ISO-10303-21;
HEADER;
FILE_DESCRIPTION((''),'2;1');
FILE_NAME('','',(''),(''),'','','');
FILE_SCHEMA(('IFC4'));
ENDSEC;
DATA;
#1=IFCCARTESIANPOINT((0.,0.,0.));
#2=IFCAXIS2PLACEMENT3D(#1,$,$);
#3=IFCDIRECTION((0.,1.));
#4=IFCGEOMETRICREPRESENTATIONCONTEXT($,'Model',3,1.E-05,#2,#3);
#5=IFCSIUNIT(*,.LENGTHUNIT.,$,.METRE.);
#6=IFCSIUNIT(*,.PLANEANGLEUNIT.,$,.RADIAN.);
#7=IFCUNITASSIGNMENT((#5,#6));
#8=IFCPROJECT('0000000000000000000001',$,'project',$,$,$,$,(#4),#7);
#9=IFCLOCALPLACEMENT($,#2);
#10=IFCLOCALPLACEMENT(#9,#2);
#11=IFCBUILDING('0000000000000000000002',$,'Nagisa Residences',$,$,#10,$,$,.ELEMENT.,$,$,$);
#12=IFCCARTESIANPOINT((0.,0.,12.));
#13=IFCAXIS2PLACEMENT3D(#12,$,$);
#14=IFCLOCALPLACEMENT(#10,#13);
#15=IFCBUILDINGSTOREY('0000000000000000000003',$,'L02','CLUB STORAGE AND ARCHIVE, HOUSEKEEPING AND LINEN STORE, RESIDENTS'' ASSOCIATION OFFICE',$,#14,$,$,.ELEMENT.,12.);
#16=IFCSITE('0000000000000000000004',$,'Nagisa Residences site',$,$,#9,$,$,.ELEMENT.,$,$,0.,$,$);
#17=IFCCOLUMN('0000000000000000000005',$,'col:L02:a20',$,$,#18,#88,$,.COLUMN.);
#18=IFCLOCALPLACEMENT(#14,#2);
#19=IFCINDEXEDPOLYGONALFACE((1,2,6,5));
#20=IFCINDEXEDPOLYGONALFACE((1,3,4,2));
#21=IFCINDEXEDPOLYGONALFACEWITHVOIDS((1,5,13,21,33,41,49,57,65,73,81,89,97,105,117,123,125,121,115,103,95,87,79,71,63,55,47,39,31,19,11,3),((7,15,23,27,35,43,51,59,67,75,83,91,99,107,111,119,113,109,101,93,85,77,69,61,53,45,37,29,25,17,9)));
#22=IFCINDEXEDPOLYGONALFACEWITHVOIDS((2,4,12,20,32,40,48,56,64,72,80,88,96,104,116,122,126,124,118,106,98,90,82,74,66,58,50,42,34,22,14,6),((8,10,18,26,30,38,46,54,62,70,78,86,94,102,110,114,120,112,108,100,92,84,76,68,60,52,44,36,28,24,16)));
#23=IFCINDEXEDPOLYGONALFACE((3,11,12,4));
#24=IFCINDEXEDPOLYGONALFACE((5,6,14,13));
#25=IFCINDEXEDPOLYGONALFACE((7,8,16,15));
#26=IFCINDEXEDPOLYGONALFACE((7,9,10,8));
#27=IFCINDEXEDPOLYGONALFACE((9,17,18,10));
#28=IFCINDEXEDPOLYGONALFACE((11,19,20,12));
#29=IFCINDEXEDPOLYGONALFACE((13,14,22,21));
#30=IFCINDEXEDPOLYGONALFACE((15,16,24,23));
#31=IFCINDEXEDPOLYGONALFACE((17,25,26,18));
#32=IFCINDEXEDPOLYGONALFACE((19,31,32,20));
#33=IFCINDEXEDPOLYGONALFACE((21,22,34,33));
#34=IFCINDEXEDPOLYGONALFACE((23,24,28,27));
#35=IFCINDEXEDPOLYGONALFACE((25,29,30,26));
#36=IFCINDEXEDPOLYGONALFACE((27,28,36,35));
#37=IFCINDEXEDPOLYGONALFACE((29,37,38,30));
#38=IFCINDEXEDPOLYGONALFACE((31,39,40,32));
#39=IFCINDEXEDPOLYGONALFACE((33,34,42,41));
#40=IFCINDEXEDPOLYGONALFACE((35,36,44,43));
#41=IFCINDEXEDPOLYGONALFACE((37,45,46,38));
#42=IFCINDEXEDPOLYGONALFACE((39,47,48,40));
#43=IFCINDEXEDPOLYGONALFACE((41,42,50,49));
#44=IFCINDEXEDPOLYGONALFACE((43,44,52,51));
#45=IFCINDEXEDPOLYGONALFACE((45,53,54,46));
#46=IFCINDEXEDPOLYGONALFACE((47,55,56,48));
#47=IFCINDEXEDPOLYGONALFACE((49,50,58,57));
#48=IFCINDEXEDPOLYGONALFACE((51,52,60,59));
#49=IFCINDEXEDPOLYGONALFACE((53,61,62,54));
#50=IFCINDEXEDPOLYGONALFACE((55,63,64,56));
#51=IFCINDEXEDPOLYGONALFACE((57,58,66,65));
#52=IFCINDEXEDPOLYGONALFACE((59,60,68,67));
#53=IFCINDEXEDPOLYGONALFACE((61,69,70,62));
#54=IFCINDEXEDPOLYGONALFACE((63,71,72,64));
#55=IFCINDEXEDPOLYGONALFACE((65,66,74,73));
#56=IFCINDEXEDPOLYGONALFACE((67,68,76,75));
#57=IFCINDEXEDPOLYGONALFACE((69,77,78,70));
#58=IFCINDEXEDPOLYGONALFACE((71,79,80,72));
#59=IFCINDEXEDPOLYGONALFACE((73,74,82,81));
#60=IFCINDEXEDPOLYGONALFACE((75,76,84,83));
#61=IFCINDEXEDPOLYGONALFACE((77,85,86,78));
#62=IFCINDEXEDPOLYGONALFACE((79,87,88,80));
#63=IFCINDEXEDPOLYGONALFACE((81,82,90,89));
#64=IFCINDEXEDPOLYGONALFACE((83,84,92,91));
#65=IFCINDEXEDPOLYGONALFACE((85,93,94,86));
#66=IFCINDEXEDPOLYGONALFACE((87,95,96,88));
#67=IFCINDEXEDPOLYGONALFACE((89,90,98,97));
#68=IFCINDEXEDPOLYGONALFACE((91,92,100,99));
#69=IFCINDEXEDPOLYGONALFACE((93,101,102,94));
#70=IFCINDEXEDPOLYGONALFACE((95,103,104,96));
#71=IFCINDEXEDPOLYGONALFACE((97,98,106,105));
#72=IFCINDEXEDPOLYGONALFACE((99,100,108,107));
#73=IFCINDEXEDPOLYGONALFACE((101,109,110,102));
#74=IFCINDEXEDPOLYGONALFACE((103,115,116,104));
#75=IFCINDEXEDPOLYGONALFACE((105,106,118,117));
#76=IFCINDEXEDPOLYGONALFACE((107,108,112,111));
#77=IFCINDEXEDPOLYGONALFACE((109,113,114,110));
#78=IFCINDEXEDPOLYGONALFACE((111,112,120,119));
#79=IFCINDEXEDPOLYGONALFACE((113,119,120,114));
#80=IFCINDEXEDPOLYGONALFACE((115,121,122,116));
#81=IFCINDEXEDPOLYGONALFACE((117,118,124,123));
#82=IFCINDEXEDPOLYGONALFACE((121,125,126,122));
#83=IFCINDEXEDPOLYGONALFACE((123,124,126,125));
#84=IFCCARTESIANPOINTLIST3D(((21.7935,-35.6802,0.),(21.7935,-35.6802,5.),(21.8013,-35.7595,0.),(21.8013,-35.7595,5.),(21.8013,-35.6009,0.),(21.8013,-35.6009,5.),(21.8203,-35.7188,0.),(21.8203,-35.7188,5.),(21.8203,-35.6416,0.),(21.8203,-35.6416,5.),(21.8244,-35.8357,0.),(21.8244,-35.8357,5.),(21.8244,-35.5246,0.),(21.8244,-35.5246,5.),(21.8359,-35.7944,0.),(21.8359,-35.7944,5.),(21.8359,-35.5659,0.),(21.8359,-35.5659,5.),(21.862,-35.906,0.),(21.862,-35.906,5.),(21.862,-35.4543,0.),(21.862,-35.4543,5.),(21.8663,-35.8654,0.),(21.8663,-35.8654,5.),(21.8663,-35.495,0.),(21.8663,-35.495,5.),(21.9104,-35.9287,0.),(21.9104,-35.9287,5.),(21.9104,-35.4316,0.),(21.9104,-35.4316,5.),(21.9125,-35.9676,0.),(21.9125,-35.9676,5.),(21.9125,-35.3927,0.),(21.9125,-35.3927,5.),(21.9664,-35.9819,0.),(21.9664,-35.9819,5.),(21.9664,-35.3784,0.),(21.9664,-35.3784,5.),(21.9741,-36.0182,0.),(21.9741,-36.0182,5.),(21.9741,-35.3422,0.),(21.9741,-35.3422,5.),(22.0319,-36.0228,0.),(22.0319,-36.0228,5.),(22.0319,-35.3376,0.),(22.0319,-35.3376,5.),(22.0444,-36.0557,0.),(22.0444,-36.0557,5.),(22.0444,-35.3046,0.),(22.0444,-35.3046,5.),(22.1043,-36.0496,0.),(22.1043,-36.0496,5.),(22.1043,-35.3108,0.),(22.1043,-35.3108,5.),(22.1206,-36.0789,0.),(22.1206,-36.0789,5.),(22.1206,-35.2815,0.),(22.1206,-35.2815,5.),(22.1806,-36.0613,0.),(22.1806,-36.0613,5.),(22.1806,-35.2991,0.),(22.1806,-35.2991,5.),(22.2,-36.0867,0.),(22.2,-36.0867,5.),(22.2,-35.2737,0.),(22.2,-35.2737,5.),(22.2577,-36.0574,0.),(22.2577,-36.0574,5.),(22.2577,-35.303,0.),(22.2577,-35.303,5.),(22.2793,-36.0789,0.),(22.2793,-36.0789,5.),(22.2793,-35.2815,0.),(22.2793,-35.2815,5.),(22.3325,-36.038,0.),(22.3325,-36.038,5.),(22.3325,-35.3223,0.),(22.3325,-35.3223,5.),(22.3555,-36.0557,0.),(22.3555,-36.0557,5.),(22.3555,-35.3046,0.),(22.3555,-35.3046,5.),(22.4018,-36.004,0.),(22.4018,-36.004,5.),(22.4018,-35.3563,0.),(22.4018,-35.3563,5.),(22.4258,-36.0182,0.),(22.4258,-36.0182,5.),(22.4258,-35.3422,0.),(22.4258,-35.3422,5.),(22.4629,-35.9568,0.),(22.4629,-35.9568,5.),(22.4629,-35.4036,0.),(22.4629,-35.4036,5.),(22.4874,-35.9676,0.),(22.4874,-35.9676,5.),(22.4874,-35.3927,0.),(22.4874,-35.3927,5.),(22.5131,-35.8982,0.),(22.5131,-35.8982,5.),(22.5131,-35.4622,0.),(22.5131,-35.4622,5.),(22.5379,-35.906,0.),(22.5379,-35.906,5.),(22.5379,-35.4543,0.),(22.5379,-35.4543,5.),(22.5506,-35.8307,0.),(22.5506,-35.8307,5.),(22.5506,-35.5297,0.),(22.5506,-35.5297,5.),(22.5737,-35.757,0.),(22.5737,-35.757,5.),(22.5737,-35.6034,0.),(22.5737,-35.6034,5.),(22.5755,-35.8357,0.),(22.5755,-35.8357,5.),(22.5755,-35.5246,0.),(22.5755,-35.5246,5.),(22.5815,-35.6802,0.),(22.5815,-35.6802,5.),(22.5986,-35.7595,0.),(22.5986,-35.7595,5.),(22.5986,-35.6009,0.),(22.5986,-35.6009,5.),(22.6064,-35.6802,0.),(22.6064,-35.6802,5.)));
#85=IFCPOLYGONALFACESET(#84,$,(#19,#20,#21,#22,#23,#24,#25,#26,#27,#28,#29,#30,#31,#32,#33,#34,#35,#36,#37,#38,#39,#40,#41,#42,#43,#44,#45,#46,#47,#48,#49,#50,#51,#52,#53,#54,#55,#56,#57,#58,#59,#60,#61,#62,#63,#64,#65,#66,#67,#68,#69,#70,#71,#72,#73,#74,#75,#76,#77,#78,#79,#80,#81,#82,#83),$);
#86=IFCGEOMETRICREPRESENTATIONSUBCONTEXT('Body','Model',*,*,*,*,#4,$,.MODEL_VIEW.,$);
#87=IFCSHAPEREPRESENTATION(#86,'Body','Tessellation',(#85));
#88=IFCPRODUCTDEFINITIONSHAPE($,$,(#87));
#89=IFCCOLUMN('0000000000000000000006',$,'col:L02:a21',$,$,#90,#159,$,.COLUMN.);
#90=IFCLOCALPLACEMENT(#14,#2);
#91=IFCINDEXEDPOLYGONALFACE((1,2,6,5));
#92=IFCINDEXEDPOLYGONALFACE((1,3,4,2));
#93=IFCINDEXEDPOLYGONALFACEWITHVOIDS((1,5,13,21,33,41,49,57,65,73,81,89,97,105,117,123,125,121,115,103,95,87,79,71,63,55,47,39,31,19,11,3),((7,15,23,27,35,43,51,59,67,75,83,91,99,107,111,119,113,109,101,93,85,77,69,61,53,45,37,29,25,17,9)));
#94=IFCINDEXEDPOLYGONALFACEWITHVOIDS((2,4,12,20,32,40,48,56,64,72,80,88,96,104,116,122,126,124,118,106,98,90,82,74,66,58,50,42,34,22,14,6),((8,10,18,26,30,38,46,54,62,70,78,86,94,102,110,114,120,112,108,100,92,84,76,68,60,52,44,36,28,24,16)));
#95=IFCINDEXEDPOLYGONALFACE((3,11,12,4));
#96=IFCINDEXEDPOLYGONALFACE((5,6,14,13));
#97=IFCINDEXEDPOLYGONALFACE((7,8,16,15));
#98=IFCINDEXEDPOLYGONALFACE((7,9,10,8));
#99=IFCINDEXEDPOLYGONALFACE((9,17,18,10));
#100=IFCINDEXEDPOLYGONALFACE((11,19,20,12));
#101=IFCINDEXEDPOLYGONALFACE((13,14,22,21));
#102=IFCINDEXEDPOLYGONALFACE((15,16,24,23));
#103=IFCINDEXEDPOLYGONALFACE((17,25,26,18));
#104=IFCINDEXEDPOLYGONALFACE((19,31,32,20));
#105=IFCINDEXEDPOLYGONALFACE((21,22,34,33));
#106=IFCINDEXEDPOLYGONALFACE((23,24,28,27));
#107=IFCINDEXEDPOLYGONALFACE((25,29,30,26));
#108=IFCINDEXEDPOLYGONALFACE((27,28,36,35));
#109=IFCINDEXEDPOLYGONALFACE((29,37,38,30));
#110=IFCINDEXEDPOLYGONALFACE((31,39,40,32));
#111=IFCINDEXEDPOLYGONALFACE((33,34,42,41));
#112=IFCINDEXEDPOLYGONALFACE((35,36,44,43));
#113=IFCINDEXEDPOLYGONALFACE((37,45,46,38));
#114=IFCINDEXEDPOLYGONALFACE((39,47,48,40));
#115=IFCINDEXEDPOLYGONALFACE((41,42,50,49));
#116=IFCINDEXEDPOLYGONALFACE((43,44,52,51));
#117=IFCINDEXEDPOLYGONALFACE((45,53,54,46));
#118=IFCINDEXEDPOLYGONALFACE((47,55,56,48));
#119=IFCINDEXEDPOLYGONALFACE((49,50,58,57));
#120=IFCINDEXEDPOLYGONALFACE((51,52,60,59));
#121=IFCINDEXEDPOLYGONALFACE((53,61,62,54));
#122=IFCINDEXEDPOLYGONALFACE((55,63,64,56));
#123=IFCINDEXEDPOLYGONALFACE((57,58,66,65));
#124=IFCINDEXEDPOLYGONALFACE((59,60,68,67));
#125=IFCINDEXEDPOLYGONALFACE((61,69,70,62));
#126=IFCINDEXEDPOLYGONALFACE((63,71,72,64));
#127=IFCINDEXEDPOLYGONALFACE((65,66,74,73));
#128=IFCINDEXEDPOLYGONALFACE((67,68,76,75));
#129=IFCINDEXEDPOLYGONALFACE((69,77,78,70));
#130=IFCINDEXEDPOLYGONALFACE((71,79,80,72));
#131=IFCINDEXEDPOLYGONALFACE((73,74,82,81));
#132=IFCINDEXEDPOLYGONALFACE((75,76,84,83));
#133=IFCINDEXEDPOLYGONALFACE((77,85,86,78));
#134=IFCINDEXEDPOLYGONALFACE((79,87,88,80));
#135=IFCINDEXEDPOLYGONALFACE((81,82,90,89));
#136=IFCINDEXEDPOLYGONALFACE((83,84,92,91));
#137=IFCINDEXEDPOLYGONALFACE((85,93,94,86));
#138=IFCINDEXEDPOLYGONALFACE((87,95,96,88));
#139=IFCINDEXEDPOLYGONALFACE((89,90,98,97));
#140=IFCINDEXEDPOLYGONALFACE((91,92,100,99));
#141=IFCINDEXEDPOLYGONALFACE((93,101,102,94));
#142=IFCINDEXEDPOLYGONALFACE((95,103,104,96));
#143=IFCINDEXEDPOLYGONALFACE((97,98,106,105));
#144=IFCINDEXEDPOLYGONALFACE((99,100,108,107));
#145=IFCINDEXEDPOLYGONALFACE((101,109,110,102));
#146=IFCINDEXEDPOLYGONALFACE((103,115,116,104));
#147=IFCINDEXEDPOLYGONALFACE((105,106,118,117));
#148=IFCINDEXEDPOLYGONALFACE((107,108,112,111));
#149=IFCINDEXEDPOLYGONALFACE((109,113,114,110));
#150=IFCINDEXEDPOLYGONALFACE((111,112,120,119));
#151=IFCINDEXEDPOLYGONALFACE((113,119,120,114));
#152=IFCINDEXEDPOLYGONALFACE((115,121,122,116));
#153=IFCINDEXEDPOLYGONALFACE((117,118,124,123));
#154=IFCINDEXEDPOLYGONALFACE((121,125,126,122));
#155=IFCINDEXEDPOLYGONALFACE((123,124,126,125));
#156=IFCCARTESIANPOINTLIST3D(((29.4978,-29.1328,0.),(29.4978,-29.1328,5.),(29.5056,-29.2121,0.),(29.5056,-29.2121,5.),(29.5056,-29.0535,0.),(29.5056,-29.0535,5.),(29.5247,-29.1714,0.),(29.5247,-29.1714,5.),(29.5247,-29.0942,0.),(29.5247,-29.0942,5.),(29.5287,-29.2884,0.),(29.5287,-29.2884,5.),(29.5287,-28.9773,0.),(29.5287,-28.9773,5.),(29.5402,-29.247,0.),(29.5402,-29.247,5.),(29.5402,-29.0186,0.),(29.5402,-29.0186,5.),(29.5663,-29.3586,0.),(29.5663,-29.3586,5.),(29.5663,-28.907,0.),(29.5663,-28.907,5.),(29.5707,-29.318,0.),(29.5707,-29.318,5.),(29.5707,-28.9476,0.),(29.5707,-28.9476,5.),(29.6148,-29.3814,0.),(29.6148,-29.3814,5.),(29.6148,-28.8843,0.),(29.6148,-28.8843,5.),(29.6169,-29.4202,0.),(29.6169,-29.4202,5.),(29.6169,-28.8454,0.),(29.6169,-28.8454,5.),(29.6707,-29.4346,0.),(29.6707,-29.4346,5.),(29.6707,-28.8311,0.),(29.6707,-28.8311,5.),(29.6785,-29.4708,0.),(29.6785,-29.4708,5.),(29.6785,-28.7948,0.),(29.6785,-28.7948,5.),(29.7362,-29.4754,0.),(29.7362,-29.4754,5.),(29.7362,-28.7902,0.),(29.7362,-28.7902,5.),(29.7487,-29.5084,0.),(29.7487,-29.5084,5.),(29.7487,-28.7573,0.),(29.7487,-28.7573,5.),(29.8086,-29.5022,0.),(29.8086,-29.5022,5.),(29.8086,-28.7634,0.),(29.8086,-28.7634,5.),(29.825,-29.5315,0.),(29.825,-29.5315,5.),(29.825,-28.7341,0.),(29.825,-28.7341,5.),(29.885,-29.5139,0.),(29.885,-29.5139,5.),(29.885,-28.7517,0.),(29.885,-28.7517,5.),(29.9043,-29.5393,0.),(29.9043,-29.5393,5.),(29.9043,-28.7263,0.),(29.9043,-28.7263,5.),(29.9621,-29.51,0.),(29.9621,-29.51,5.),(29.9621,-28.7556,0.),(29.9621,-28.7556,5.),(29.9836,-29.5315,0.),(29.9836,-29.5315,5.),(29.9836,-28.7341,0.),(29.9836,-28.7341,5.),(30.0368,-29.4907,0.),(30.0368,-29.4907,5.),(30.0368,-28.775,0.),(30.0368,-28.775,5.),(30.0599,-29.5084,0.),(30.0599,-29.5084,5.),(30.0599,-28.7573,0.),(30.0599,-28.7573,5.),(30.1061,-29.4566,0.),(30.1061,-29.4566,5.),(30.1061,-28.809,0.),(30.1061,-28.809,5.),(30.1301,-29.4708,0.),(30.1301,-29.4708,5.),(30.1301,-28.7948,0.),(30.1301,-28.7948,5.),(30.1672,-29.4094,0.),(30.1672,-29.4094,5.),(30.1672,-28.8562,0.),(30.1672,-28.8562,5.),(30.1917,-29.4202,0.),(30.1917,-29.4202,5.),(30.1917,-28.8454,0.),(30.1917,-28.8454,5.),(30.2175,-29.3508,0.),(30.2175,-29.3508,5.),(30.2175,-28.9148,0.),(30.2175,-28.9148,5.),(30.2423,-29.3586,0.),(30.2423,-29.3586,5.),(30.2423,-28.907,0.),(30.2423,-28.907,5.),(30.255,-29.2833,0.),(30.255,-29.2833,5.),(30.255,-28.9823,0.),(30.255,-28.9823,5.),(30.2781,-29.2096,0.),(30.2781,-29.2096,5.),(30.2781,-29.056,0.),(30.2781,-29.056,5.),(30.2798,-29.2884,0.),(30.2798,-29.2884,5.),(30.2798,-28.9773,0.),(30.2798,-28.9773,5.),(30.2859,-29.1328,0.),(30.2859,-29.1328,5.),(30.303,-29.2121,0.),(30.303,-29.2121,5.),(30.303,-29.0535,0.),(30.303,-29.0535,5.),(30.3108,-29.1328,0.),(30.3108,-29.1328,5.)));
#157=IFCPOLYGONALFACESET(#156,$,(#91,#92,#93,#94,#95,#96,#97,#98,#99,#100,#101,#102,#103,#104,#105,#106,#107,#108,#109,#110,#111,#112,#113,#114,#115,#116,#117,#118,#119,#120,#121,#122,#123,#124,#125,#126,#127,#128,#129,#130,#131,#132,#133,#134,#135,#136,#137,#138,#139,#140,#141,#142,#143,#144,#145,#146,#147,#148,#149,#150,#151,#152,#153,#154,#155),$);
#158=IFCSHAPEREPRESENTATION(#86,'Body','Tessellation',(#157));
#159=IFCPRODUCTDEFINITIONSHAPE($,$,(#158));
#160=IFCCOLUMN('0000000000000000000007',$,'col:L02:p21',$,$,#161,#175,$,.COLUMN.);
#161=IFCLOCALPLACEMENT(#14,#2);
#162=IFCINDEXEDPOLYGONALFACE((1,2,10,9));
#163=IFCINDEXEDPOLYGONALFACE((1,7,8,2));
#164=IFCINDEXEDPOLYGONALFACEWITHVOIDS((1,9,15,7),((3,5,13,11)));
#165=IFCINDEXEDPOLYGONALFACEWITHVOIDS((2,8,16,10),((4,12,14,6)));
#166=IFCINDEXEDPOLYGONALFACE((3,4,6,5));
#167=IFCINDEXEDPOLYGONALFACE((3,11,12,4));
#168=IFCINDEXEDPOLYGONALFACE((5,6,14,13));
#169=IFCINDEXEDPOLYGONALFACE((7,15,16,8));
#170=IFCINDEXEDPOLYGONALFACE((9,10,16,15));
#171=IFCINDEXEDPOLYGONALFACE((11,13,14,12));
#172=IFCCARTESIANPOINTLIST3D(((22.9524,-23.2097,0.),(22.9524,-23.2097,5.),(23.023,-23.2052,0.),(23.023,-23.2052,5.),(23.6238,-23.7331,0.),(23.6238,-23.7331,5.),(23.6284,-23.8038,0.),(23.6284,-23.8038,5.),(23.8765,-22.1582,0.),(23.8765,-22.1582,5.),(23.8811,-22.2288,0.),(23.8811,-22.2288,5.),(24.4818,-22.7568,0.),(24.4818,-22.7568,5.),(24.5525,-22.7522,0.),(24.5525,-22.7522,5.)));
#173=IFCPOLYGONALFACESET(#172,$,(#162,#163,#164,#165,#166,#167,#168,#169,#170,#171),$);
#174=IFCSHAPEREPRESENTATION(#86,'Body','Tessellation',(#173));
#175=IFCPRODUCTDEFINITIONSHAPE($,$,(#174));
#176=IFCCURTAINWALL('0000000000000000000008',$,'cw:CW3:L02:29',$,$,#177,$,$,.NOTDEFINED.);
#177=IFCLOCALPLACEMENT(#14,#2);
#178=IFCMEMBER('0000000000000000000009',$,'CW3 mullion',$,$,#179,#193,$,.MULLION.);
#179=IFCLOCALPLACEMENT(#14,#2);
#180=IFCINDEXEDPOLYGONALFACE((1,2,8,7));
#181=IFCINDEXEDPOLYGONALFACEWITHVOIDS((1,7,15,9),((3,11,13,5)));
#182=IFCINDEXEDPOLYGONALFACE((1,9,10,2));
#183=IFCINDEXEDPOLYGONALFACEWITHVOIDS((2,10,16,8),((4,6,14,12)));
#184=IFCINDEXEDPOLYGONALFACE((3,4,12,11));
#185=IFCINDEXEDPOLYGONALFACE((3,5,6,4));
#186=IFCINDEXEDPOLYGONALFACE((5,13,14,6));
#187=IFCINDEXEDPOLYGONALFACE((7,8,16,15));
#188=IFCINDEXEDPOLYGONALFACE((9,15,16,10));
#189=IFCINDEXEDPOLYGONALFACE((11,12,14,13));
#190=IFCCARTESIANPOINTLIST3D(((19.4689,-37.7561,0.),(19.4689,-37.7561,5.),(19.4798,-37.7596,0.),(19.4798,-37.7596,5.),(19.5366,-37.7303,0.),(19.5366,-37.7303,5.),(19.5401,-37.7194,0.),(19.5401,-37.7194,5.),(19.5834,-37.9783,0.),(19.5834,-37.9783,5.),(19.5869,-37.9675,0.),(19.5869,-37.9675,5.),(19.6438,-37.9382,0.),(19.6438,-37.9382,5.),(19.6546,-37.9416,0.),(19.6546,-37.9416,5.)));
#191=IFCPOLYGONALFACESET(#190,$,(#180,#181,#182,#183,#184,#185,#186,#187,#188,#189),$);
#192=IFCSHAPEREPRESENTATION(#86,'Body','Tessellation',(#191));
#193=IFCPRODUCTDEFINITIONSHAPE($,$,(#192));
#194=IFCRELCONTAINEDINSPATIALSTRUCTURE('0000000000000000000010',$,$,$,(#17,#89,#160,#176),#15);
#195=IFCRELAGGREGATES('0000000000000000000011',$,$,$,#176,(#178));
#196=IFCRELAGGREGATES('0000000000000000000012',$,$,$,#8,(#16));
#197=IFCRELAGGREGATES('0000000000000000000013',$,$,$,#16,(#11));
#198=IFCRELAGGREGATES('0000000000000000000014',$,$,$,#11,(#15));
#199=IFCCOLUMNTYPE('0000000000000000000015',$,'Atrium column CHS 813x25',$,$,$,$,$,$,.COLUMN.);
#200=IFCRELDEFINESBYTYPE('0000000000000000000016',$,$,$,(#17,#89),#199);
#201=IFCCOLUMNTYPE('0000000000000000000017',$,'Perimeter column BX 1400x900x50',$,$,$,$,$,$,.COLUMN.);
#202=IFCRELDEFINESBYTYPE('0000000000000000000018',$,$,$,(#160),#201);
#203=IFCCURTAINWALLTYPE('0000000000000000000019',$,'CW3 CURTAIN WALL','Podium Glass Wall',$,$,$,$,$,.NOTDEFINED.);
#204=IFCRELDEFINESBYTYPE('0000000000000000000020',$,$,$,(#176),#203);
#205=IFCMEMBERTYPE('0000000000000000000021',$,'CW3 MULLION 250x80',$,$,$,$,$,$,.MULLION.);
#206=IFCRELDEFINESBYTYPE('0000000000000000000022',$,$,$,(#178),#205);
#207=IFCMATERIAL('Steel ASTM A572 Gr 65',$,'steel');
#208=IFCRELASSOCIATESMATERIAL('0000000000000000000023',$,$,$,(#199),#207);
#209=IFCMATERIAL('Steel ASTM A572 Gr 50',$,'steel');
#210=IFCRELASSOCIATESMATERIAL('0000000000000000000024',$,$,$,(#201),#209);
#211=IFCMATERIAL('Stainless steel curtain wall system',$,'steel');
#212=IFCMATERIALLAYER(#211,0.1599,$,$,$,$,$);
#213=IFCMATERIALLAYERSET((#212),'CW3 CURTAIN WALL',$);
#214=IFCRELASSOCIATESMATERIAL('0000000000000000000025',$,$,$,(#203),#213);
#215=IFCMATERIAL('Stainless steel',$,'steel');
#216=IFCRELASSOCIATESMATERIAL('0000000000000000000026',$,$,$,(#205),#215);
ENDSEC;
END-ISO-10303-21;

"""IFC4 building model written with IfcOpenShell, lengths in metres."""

from ifc_helpers import new_model, si_unit, direction, frame, origin, origin_2d, place, context, subcontext, project, spatial, hollow_rectangle, hollow_circle, extrude, material, layer, layer_set, material_profile, profile_set, type_object, element, aggregate, save


model = new_model("IFC4")

# Units and contexts
model_context = context("Model", 3, precision=1e-05, world=origin(), true_north=direction((0.0, 1.0)))
body_context = subcontext(model_context, "Body", "Model", "MODEL_VIEW")
ifc_project = project(units=[si_unit("LENGTHUNIT", "METRE"), si_unit("PLANEANGLEUNIT", "RADIAN")], contexts=[model_context])

# Site, building, storey
site_placement = place(None, origin())
site = spatial("IfcSite", under=ifc_project, at=site_placement, Name="Nagisa Residences site", CompositionType="ELEMENT", RefElevation=0.0)
building_placement = place(site_placement, origin())
building = spatial("IfcBuilding", under=site, at=building_placement, Name="Nagisa Residences", CompositionType="ELEMENT")
storey_placement = place(building_placement, frame((0.0, 0.0, 12.0)))
storey = spatial("IfcBuildingStorey", under=building, at=storey_placement, Name="L02", Description="CLUB STORAGE AND ARCHIVE, HOUSEKEEPING AND LINEN STORE, RESIDENTS' ASSOCIATION OFFICE", CompositionType="ELEMENT", Elevation=12.0)

# Columns
ifc_material_1 = material(Name="Steel ASTM A572 Gr 65", Category="steel")
ifc_material_profile_1 = material_profile(ifc_material_1, hollow_circle(Radius=0.4065, WallThickness=0.0249, at=origin_2d()), Name="CHS 813x25")
ifc_profile_set_1 = profile_set([ifc_material_profile_1], Name="Steel ASTM A572 Gr 65")
column_type_1 = type_object("IfcColumnType", Name="Atrium column CHS 813x25", PredefinedType="COLUMN", material=ifc_profile_set_1)
for number, where, z_axis, x_axis, name in (
    (1, (22.2, -35.6802, 0.0), (0.0, 0.0, 1.0), (1.0, 0.0, 0.0), "col:L02:a20"),
    (2, (29.9043, -29.1328, 0.0), (0.0, 0.0, 1.0), (1.0, 0.0, 0.0), "col:L02:a21"),
):
    element("IfcColumn", number, at=place(storey_placement, frame(where, z_axis=z_axis, x_axis=x_axis)), inside=storey, type_object=column_type_1, Name=name, PredefinedType="COLUMN", context=body_context, shape_type="SweptSolid", body=[
        extrude(hollow_circle(Radius=0.4065, WallThickness=0.0249, at=origin_2d()), origin(), (0.0, 0.0, 1.0), 5.0),
    ])
ifc_material_2 = material(Name="Steel ASTM A572 Gr 50", Category="steel")
ifc_material_profile_2 = material_profile(ifc_material_2, hollow_rectangle(XDim=1.3999, YDim=0.8999, WallThickness=0.05, at=origin_2d()), Name="BX 1400x900x50")
ifc_profile_set_2 = profile_set([ifc_material_profile_2], Name="Steel ASTM A572 Gr 50")
column_type_2 = type_object("IfcColumnType", Name="Perimeter column BX 1400x900x50", PredefinedType="COLUMN", material=ifc_profile_set_2)
column_placement = place(storey_placement, frame((23.7524, -22.981, 0.0), z_axis=(0.0, 0.0, 1.0), x_axis=(0.660115, 0.751165, 0.0)))
element("IfcColumn", 3, at=column_placement, inside=storey, type_object=column_type_2, Name="col:L02:p21", PredefinedType="COLUMN", context=body_context, shape_type="SweptSolid", body=[
    extrude(hollow_rectangle(XDim=1.3999, YDim=0.8999, WallThickness=0.05, at=origin_2d()), origin(), (0.0, 0.0, 1.0), 5.0),
])

# Curtain wall, member
ifc_material_3 = material(Name="Stainless steel curtain wall system", Category="steel")
ifc_layer_1 = layer(ifc_material_3, 0.1599)
ifc_layer_set_1 = layer_set([ifc_layer_1], Name="CW3 CURTAIN WALL")
curtain_wall_type_1 = type_object("IfcCurtainWallType", Name="CW3 CURTAIN WALL", Description="Podium Glass Wall", PredefinedType="NOTDEFINED", material=ifc_layer_set_1)
curtain_wall_1_placement = place(storey_placement, origin())
curtain_wall_1 = element("IfcCurtainWall", 4, at=curtain_wall_1_placement, inside=storey, type_object=curtain_wall_type_1, Name="cw:CW3:L02:29", PredefinedType="NOTDEFINED")
ifc_material_4 = material(Name="Stainless steel", Category="steel")
ifc_material_profile_3 = material_profile(ifc_material_4, hollow_rectangle(XDim=0.25, YDim=0.0801, WallThickness=0.0081, at=origin_2d()), Name="CW3 MULLION 250x80")
ifc_profile_set_3 = profile_set([ifc_material_profile_3], Name="Stainless steel")
member_type_1 = type_object("IfcMemberType", Name="CW3 MULLION 250x80", PredefinedType="MULLION", material=ifc_profile_set_3)
member_1_placement = place(storey_placement, frame((19.5618, -37.8489, 0.0), z_axis=(0.0, 0.0, 1.0), x_axis=(-0.458126, 0.888887, 0.0)))
member_1 = element("IfcMember", 5, at=member_1_placement, type_object=member_type_1, Name="CW3 mullion", PredefinedType="MULLION", context=body_context, shape_type="SweptSolid", body=[
    extrude(hollow_rectangle(XDim=0.25, YDim=0.0801, WallThickness=0.0081, at=origin_2d()), origin(), (0.0, 0.0, 1.0), 5.0),
])

aggregate(curtain_wall_1, [member_1])

save(model, "model.ifc")
